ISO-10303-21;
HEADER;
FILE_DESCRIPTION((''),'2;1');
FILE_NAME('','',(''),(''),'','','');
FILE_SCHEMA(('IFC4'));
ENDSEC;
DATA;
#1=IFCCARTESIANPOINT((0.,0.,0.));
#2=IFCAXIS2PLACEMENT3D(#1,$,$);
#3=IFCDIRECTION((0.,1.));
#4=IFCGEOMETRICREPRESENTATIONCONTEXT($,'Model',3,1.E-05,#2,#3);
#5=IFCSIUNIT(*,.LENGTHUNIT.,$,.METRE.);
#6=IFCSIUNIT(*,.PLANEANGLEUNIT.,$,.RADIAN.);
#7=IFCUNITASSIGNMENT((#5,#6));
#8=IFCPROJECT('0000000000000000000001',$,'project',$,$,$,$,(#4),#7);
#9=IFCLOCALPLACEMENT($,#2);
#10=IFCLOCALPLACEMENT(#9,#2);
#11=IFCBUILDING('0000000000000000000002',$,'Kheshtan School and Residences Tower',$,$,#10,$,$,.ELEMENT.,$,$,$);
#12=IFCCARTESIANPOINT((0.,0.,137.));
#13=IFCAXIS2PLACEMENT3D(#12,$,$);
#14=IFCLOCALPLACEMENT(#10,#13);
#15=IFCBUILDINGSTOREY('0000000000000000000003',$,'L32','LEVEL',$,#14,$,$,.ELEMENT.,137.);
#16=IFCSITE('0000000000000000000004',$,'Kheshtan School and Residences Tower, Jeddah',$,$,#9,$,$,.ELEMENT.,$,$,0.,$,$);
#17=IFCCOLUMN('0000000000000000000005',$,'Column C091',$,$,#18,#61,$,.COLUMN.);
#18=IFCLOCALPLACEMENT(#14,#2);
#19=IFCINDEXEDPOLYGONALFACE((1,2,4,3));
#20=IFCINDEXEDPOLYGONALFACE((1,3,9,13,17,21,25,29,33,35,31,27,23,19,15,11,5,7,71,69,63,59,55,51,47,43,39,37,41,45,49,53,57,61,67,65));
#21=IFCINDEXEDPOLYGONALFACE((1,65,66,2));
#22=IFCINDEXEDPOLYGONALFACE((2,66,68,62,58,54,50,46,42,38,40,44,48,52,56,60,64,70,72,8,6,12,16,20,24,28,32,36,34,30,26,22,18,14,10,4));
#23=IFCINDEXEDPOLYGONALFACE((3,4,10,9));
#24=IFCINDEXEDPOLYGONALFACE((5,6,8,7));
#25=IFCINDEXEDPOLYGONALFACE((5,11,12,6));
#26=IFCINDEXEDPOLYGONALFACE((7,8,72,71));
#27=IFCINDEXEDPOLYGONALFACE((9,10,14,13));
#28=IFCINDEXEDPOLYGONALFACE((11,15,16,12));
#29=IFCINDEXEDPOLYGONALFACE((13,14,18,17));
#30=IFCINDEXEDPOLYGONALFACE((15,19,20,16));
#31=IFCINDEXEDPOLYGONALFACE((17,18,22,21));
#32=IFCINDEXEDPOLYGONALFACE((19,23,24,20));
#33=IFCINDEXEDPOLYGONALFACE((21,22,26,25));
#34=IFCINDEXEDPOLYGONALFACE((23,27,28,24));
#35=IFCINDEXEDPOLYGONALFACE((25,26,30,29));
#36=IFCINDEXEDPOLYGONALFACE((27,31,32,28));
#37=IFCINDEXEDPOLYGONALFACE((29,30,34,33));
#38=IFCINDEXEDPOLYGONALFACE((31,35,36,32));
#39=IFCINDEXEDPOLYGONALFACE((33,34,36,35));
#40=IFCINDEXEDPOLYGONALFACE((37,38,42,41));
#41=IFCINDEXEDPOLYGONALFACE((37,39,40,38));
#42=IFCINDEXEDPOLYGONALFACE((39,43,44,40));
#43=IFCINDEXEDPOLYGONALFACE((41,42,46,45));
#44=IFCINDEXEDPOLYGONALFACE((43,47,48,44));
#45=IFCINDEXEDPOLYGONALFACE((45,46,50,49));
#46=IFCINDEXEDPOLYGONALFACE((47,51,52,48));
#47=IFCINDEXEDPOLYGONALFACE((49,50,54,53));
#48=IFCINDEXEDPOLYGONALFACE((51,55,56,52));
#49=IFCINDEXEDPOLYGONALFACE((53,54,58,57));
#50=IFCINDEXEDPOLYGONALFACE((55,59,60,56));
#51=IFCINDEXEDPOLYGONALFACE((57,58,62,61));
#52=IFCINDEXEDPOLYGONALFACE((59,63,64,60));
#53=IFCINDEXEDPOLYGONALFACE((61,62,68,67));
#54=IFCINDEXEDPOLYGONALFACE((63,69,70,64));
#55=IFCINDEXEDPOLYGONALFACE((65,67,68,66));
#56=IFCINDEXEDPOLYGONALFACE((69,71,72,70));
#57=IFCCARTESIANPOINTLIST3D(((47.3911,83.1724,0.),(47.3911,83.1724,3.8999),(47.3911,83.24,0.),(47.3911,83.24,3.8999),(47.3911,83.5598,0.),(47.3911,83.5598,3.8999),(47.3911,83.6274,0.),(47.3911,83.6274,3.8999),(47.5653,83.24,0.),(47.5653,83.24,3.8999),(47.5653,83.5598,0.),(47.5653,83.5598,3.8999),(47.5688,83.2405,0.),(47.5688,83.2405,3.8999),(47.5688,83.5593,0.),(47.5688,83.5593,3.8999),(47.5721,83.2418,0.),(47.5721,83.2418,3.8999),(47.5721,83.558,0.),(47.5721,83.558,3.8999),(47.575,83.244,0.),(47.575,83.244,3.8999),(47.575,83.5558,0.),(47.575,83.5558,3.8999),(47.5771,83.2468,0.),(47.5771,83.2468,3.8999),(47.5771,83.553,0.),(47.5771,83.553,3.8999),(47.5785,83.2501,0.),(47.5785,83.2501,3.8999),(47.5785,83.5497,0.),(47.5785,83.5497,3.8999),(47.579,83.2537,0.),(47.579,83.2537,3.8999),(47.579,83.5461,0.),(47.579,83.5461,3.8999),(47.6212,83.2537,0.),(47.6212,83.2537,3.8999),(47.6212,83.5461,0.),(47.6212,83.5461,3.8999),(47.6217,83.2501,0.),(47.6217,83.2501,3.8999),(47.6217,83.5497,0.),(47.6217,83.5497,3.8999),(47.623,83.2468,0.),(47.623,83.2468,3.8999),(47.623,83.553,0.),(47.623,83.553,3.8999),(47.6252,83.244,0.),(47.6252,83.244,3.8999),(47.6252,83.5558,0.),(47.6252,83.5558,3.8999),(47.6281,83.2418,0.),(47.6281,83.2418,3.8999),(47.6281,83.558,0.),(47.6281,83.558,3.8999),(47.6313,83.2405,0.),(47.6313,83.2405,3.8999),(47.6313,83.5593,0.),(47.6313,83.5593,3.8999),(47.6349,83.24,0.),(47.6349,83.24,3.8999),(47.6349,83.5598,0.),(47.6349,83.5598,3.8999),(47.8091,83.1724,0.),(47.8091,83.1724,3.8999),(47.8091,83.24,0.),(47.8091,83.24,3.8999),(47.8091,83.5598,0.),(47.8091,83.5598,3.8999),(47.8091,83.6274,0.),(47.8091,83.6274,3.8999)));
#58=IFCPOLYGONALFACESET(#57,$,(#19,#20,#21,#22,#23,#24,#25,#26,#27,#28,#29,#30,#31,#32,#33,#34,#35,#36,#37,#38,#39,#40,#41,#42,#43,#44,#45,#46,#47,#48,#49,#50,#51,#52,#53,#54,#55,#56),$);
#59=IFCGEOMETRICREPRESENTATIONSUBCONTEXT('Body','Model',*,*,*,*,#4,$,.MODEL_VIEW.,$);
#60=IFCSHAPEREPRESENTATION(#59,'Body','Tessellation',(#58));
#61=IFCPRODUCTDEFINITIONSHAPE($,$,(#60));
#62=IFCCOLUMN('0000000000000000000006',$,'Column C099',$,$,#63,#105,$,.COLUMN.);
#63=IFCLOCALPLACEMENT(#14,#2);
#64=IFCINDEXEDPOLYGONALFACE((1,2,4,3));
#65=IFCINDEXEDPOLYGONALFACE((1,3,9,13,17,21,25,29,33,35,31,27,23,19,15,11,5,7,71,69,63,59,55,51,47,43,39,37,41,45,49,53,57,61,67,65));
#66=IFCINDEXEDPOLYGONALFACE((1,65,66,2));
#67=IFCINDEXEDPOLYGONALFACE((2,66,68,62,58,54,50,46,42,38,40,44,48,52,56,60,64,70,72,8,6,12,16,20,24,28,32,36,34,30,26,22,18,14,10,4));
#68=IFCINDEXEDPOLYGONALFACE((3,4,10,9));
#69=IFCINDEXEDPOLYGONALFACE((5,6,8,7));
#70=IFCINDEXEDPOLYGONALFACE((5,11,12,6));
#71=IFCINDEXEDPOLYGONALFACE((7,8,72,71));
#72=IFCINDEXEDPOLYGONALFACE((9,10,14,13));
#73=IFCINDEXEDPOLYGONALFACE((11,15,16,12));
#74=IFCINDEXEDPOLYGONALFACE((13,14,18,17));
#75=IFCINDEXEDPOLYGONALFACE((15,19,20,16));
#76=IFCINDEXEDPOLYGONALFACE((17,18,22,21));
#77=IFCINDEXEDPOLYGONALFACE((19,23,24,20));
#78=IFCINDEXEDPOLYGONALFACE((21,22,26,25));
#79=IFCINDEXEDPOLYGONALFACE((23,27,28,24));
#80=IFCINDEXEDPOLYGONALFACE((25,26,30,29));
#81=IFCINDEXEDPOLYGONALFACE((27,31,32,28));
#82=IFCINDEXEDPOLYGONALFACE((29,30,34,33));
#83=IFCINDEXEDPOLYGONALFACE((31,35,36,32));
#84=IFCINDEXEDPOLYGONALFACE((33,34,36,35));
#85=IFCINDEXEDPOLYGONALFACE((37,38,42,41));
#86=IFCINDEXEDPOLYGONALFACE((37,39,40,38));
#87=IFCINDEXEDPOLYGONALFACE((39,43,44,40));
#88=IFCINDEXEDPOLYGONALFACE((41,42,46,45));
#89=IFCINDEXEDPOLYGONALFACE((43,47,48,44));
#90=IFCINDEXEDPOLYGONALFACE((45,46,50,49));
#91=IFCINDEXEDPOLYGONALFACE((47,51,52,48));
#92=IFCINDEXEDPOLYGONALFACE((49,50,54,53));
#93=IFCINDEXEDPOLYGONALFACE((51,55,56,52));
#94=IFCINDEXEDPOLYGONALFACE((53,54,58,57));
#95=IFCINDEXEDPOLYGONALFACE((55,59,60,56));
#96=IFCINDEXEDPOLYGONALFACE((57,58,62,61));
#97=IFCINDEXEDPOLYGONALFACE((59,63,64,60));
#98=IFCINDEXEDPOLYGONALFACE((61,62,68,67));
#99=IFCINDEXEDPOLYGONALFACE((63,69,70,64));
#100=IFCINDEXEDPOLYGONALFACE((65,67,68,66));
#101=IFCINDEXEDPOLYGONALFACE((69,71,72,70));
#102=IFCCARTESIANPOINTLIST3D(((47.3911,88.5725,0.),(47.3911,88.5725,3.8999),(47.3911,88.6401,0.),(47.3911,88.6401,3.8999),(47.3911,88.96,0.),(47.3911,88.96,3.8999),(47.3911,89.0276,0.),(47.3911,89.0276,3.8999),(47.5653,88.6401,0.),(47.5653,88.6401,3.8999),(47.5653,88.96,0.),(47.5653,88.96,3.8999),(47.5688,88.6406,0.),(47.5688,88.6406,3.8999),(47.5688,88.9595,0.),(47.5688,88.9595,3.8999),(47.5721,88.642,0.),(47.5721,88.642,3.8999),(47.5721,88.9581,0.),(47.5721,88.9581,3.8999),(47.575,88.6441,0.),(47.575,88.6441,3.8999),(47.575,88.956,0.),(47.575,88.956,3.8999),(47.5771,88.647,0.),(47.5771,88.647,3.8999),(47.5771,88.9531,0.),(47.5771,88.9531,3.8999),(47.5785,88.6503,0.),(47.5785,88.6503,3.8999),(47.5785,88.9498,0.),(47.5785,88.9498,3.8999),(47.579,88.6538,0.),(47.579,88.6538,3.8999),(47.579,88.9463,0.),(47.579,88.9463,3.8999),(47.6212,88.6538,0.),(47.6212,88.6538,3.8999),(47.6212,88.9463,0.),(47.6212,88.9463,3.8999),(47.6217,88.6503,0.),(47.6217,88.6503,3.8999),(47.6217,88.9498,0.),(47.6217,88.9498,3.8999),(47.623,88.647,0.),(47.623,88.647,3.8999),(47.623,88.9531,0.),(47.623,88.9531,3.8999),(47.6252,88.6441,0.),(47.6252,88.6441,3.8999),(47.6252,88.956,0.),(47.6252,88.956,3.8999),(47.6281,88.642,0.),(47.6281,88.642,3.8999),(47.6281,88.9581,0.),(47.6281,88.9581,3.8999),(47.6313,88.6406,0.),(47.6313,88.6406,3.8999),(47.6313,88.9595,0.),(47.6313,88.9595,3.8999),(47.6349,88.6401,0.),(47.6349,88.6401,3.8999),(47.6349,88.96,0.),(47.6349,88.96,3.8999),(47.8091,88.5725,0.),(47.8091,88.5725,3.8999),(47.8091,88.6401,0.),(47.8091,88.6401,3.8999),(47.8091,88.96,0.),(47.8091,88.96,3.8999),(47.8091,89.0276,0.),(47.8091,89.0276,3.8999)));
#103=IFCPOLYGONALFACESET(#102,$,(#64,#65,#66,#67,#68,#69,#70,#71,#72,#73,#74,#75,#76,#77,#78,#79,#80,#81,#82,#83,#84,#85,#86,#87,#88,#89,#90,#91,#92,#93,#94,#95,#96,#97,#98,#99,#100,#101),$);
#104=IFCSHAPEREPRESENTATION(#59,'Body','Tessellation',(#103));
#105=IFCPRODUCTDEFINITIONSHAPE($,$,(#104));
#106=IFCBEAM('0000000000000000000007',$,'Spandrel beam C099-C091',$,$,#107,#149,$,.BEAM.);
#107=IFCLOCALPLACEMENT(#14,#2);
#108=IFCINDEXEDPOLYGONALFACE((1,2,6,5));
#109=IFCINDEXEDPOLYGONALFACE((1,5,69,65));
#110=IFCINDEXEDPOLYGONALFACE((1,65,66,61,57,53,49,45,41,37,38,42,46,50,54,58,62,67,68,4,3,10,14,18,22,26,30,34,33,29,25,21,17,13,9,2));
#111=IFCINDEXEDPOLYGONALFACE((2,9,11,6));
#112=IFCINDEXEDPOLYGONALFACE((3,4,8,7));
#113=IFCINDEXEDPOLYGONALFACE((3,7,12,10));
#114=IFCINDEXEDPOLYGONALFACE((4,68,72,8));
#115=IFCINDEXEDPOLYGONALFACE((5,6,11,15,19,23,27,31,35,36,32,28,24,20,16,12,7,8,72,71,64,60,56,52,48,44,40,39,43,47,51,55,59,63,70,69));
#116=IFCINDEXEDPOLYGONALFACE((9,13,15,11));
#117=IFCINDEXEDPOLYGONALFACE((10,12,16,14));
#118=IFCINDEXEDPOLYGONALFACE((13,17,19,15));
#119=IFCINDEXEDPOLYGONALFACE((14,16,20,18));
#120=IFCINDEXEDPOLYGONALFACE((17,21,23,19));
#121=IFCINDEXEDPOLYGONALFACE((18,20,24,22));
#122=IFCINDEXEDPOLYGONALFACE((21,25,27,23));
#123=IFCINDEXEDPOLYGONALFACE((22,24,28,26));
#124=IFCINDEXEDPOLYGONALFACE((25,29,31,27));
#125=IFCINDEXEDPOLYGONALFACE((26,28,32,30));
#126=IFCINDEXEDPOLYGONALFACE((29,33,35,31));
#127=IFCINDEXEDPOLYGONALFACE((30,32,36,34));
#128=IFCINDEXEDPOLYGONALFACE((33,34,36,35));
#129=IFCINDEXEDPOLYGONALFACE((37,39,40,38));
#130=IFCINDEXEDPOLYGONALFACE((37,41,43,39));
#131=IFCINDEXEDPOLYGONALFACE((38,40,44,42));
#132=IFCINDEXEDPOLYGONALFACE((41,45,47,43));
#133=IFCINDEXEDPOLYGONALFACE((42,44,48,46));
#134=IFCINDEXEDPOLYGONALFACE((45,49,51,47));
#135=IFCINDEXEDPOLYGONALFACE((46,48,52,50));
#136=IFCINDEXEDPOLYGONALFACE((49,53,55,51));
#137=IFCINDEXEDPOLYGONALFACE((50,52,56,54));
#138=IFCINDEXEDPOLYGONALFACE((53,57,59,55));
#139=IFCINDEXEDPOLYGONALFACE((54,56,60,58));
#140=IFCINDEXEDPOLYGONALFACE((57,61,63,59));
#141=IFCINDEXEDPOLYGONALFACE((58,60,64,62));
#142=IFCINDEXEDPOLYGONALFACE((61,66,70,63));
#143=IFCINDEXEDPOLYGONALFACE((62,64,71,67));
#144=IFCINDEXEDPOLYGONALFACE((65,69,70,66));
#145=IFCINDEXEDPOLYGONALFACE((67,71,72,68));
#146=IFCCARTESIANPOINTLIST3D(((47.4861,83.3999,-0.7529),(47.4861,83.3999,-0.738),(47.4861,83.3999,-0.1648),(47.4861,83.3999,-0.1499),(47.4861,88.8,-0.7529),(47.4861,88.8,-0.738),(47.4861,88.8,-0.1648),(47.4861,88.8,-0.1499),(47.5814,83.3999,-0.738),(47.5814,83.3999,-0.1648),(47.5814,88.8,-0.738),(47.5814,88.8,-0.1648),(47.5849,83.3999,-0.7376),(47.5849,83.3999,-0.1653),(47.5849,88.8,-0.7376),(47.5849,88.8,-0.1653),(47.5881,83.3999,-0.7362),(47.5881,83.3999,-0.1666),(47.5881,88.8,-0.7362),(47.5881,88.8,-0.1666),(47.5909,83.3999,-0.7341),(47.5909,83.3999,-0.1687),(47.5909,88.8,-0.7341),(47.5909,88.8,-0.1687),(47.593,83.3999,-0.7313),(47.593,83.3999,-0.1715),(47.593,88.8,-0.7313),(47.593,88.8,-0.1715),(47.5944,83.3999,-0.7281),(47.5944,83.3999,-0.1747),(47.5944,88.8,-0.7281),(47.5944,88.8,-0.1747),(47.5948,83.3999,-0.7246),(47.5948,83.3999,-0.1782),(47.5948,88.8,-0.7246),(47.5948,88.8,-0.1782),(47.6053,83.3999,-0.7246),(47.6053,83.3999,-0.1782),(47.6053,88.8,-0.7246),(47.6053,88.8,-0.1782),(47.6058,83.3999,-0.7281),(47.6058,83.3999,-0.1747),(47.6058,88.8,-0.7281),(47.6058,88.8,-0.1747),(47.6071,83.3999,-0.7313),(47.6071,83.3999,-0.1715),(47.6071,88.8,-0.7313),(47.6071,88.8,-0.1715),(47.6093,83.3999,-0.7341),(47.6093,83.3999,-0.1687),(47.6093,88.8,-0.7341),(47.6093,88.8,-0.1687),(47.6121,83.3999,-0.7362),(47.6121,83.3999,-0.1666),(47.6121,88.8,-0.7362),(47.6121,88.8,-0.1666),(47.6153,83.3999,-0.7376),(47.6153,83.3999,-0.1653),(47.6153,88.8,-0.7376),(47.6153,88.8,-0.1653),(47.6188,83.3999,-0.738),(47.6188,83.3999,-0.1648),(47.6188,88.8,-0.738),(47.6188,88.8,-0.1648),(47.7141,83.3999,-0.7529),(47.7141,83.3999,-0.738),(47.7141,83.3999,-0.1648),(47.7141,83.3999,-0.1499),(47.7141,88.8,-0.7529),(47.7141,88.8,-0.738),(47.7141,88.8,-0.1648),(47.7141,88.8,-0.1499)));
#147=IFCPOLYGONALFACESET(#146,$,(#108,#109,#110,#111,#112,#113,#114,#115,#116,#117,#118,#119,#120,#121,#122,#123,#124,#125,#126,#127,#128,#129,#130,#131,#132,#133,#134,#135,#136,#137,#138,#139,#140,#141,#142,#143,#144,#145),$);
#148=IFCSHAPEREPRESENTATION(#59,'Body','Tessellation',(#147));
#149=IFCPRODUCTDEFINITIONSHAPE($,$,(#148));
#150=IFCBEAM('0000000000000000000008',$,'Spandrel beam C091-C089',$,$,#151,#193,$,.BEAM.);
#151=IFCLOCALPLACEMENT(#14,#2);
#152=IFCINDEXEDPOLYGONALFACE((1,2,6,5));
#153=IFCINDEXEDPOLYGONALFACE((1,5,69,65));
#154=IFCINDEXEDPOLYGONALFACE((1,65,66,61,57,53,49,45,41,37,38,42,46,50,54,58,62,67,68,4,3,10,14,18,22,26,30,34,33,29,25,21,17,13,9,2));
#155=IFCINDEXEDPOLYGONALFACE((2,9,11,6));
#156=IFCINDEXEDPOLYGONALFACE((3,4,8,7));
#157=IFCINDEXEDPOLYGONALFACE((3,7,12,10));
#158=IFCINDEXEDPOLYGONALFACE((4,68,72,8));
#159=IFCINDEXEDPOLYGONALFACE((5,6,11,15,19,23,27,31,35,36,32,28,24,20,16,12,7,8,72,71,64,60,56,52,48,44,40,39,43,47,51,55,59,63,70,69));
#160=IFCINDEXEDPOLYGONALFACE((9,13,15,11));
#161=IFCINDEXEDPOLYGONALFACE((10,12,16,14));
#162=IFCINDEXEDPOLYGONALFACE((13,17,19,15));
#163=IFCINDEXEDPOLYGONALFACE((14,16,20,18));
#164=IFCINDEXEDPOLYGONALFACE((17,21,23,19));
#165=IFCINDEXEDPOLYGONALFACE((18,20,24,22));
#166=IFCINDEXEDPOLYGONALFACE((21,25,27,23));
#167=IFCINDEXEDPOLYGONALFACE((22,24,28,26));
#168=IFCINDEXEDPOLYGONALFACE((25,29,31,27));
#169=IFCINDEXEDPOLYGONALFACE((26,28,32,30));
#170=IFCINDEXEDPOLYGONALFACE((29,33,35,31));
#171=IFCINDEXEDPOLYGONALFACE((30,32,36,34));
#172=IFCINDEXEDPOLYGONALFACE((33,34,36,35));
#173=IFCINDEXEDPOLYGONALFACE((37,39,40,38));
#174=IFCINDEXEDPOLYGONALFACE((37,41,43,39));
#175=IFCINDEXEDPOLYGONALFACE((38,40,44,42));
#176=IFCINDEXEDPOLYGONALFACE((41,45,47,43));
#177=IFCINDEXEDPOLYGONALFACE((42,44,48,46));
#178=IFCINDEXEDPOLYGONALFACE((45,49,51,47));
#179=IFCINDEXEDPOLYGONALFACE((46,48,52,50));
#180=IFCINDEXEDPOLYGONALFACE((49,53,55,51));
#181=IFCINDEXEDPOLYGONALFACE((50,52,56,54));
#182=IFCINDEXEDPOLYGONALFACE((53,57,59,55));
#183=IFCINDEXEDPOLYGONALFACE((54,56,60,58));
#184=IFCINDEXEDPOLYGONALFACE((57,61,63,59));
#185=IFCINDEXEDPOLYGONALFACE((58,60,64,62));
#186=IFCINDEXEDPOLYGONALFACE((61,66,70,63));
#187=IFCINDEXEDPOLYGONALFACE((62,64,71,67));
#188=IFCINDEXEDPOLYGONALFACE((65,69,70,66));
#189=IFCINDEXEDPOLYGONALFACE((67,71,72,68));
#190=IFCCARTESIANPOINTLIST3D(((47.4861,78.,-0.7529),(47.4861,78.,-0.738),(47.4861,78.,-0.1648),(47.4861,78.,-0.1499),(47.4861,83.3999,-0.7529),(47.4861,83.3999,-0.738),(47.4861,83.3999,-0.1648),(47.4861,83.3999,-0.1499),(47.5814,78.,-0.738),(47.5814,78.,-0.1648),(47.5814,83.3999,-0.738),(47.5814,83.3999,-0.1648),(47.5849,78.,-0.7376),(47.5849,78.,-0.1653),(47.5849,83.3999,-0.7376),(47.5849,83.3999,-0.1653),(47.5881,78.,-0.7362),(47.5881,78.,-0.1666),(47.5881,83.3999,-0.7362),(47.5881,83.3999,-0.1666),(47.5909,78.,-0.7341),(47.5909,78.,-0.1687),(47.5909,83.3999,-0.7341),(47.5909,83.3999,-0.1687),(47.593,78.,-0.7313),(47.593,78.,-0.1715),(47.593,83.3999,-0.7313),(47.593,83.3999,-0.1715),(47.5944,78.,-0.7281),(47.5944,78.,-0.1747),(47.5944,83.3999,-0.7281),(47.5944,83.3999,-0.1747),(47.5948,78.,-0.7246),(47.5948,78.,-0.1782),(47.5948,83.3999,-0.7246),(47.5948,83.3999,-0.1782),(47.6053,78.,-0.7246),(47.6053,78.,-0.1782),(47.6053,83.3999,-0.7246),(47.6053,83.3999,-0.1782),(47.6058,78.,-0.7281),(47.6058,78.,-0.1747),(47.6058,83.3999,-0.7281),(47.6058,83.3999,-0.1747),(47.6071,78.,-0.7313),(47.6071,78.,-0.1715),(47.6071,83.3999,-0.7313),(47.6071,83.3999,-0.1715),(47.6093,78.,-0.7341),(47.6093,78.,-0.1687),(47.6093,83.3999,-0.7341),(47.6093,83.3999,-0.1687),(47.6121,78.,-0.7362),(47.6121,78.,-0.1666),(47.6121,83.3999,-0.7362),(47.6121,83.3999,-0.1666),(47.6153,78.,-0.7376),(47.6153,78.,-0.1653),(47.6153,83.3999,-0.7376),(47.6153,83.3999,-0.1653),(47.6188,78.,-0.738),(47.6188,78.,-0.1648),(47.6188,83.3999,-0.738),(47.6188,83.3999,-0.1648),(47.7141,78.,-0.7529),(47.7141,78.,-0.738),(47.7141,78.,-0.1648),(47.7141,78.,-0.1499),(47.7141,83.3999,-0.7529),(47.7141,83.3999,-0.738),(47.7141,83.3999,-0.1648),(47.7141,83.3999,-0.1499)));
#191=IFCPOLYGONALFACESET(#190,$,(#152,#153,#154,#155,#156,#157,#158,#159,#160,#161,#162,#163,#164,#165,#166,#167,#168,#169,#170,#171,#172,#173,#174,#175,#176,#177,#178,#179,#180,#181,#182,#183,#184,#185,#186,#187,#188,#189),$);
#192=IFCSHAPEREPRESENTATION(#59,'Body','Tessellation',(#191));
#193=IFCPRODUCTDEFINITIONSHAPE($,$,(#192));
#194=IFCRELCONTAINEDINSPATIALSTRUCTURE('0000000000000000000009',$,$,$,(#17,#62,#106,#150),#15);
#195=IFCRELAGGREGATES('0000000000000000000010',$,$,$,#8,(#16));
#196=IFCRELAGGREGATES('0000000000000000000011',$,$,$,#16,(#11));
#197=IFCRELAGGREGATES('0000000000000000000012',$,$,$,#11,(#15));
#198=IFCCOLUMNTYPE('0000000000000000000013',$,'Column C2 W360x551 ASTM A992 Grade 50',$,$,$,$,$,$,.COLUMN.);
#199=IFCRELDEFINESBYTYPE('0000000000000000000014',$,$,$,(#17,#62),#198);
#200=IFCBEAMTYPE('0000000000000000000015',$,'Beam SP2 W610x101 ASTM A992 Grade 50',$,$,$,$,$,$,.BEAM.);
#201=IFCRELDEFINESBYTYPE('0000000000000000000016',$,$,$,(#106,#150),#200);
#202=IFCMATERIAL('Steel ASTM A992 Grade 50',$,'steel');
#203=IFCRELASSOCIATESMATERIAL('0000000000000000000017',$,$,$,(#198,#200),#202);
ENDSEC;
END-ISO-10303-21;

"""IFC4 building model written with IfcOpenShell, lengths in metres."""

from ifc_helpers import new_model, si_unit, direction, frame, origin, origin_2d, place, context, subcontext, project, spatial, i_section, extrude, material, material_profile, profile_set, type_object, element, save


model = new_model("IFC4")

# Units and contexts
model_context = context("Model", 3, precision=1e-05, world=origin(), true_north=direction((0.0, 1.0)))
body_context = subcontext(model_context, "Body", "Model", "MODEL_VIEW")
ifc_project = project(units=[si_unit("LENGTHUNIT", "METRE"), si_unit("PLANEANGLEUNIT", "RADIAN")], contexts=[model_context])

# Site, building, storey
site_placement = place(None, origin())
site = spatial("IfcSite", under=ifc_project, at=site_placement, Name="Kheshtan School and Residences Tower, Jeddah", CompositionType="ELEMENT", RefElevation=0.0)
building_placement = place(site_placement, origin())
building = spatial("IfcBuilding", under=site, at=building_placement, Name="Kheshtan School and Residences Tower", CompositionType="ELEMENT")
storey_placement = place(building_placement, frame((0.0, 0.0, 137.0)))
storey = spatial("IfcBuildingStorey", under=building, at=storey_placement, Name="L32", Description="LEVEL", CompositionType="ELEMENT", Elevation=137.0)

# Columns
ifc_material_1 = material(Name="Steel ASTM A992 Grade 50", Category="steel")
ifc_material_profile_1 = material_profile(ifc_material_1, i_section(OverallWidth=0.418, OverallDepth=0.4551, WebThickness=0.0422, FlangeThickness=0.0676, FilletRadius=0.0137, at=origin_2d()), Name="W360x551")
ifc_profile_set_1 = profile_set([ifc_material_profile_1], Name="Steel ASTM A992 Grade 50")
column_type = type_object("IfcColumnType", Name="Column C2 W360x551 ASTM A992 Grade 50", PredefinedType="COLUMN", material=ifc_profile_set_1)
for number, where, z_axis, x_axis, name in (
    (1, (47.6001, 83.3999, 0.0), (0.0, 0.0, 1.0), (1.0, 0.0, 0.0), "Column C091"),
    (2, (47.6001, 88.8, 0.0), (0.0, 0.0, 1.0), (1.0, 0.0, 0.0), "Column C099"),
):
    element("IfcColumn", number, at=place(storey_placement, frame(where, z_axis=z_axis, x_axis=x_axis)), inside=storey, type_object=column_type, Name=name, PredefinedType="COLUMN", context=body_context, shape_type="SweptSolid", body=[
        extrude(i_section(OverallWidth=0.418, OverallDepth=0.4551, WebThickness=0.0422, FlangeThickness=0.0676, FilletRadius=0.0137, at=origin_2d()), origin(), (0.0, 0.0, 1.0), 3.8999),
    ])

# Beams
ifc_material_profile_2 = material_profile(ifc_material_1, i_section(OverallWidth=0.228, OverallDepth=0.603, WebThickness=0.0105, FlangeThickness=0.0149, FilletRadius=0.0134, at=origin_2d()), Name="W610x101")
ifc_profile_set_2 = profile_set([ifc_material_profile_2], Name="Steel ASTM A992 Grade 50")
beam_type = type_object("IfcBeamType", Name="Beam SP2 W610x101 ASTM A992 Grade 50", PredefinedType="BEAM", material=ifc_profile_set_2)
beam_1_placement = place(storey_placement, frame((47.6001, 88.8, -0.4514), z_axis=(0.0, -1.0, 0.0), x_axis=(1.0, 0.0, 0.0)))
element("IfcBeam", 3, at=beam_1_placement, inside=storey, type_object=beam_type, Name="Spandrel beam C099-C091", PredefinedType="BEAM", context=body_context, shape_type="SweptSolid", body=[
    extrude(i_section(OverallWidth=0.228, OverallDepth=0.603, WebThickness=0.0105, FlangeThickness=0.0149, FilletRadius=0.0134, at=origin_2d()), origin(), (0.0, 0.0, 1.0), 5.4001),
])
beam_2_placement = place(storey_placement, frame((47.6001, 83.3999, -0.4514), z_axis=(0.0, -1.0, 0.0), x_axis=(1.0, 0.0, 0.0)))
element("IfcBeam", 4, at=beam_2_placement, inside=storey, type_object=beam_type, Name="Spandrel beam C091-C089", PredefinedType="BEAM", context=body_context, shape_type="SweptSolid", body=[
    extrude(i_section(OverallWidth=0.228, OverallDepth=0.603, WebThickness=0.0105, FlangeThickness=0.0149, FilletRadius=0.0134, at=origin_2d()), origin(), (0.0, 0.0, 1.0), 5.3999),
])

save(model, "model.ifc")
